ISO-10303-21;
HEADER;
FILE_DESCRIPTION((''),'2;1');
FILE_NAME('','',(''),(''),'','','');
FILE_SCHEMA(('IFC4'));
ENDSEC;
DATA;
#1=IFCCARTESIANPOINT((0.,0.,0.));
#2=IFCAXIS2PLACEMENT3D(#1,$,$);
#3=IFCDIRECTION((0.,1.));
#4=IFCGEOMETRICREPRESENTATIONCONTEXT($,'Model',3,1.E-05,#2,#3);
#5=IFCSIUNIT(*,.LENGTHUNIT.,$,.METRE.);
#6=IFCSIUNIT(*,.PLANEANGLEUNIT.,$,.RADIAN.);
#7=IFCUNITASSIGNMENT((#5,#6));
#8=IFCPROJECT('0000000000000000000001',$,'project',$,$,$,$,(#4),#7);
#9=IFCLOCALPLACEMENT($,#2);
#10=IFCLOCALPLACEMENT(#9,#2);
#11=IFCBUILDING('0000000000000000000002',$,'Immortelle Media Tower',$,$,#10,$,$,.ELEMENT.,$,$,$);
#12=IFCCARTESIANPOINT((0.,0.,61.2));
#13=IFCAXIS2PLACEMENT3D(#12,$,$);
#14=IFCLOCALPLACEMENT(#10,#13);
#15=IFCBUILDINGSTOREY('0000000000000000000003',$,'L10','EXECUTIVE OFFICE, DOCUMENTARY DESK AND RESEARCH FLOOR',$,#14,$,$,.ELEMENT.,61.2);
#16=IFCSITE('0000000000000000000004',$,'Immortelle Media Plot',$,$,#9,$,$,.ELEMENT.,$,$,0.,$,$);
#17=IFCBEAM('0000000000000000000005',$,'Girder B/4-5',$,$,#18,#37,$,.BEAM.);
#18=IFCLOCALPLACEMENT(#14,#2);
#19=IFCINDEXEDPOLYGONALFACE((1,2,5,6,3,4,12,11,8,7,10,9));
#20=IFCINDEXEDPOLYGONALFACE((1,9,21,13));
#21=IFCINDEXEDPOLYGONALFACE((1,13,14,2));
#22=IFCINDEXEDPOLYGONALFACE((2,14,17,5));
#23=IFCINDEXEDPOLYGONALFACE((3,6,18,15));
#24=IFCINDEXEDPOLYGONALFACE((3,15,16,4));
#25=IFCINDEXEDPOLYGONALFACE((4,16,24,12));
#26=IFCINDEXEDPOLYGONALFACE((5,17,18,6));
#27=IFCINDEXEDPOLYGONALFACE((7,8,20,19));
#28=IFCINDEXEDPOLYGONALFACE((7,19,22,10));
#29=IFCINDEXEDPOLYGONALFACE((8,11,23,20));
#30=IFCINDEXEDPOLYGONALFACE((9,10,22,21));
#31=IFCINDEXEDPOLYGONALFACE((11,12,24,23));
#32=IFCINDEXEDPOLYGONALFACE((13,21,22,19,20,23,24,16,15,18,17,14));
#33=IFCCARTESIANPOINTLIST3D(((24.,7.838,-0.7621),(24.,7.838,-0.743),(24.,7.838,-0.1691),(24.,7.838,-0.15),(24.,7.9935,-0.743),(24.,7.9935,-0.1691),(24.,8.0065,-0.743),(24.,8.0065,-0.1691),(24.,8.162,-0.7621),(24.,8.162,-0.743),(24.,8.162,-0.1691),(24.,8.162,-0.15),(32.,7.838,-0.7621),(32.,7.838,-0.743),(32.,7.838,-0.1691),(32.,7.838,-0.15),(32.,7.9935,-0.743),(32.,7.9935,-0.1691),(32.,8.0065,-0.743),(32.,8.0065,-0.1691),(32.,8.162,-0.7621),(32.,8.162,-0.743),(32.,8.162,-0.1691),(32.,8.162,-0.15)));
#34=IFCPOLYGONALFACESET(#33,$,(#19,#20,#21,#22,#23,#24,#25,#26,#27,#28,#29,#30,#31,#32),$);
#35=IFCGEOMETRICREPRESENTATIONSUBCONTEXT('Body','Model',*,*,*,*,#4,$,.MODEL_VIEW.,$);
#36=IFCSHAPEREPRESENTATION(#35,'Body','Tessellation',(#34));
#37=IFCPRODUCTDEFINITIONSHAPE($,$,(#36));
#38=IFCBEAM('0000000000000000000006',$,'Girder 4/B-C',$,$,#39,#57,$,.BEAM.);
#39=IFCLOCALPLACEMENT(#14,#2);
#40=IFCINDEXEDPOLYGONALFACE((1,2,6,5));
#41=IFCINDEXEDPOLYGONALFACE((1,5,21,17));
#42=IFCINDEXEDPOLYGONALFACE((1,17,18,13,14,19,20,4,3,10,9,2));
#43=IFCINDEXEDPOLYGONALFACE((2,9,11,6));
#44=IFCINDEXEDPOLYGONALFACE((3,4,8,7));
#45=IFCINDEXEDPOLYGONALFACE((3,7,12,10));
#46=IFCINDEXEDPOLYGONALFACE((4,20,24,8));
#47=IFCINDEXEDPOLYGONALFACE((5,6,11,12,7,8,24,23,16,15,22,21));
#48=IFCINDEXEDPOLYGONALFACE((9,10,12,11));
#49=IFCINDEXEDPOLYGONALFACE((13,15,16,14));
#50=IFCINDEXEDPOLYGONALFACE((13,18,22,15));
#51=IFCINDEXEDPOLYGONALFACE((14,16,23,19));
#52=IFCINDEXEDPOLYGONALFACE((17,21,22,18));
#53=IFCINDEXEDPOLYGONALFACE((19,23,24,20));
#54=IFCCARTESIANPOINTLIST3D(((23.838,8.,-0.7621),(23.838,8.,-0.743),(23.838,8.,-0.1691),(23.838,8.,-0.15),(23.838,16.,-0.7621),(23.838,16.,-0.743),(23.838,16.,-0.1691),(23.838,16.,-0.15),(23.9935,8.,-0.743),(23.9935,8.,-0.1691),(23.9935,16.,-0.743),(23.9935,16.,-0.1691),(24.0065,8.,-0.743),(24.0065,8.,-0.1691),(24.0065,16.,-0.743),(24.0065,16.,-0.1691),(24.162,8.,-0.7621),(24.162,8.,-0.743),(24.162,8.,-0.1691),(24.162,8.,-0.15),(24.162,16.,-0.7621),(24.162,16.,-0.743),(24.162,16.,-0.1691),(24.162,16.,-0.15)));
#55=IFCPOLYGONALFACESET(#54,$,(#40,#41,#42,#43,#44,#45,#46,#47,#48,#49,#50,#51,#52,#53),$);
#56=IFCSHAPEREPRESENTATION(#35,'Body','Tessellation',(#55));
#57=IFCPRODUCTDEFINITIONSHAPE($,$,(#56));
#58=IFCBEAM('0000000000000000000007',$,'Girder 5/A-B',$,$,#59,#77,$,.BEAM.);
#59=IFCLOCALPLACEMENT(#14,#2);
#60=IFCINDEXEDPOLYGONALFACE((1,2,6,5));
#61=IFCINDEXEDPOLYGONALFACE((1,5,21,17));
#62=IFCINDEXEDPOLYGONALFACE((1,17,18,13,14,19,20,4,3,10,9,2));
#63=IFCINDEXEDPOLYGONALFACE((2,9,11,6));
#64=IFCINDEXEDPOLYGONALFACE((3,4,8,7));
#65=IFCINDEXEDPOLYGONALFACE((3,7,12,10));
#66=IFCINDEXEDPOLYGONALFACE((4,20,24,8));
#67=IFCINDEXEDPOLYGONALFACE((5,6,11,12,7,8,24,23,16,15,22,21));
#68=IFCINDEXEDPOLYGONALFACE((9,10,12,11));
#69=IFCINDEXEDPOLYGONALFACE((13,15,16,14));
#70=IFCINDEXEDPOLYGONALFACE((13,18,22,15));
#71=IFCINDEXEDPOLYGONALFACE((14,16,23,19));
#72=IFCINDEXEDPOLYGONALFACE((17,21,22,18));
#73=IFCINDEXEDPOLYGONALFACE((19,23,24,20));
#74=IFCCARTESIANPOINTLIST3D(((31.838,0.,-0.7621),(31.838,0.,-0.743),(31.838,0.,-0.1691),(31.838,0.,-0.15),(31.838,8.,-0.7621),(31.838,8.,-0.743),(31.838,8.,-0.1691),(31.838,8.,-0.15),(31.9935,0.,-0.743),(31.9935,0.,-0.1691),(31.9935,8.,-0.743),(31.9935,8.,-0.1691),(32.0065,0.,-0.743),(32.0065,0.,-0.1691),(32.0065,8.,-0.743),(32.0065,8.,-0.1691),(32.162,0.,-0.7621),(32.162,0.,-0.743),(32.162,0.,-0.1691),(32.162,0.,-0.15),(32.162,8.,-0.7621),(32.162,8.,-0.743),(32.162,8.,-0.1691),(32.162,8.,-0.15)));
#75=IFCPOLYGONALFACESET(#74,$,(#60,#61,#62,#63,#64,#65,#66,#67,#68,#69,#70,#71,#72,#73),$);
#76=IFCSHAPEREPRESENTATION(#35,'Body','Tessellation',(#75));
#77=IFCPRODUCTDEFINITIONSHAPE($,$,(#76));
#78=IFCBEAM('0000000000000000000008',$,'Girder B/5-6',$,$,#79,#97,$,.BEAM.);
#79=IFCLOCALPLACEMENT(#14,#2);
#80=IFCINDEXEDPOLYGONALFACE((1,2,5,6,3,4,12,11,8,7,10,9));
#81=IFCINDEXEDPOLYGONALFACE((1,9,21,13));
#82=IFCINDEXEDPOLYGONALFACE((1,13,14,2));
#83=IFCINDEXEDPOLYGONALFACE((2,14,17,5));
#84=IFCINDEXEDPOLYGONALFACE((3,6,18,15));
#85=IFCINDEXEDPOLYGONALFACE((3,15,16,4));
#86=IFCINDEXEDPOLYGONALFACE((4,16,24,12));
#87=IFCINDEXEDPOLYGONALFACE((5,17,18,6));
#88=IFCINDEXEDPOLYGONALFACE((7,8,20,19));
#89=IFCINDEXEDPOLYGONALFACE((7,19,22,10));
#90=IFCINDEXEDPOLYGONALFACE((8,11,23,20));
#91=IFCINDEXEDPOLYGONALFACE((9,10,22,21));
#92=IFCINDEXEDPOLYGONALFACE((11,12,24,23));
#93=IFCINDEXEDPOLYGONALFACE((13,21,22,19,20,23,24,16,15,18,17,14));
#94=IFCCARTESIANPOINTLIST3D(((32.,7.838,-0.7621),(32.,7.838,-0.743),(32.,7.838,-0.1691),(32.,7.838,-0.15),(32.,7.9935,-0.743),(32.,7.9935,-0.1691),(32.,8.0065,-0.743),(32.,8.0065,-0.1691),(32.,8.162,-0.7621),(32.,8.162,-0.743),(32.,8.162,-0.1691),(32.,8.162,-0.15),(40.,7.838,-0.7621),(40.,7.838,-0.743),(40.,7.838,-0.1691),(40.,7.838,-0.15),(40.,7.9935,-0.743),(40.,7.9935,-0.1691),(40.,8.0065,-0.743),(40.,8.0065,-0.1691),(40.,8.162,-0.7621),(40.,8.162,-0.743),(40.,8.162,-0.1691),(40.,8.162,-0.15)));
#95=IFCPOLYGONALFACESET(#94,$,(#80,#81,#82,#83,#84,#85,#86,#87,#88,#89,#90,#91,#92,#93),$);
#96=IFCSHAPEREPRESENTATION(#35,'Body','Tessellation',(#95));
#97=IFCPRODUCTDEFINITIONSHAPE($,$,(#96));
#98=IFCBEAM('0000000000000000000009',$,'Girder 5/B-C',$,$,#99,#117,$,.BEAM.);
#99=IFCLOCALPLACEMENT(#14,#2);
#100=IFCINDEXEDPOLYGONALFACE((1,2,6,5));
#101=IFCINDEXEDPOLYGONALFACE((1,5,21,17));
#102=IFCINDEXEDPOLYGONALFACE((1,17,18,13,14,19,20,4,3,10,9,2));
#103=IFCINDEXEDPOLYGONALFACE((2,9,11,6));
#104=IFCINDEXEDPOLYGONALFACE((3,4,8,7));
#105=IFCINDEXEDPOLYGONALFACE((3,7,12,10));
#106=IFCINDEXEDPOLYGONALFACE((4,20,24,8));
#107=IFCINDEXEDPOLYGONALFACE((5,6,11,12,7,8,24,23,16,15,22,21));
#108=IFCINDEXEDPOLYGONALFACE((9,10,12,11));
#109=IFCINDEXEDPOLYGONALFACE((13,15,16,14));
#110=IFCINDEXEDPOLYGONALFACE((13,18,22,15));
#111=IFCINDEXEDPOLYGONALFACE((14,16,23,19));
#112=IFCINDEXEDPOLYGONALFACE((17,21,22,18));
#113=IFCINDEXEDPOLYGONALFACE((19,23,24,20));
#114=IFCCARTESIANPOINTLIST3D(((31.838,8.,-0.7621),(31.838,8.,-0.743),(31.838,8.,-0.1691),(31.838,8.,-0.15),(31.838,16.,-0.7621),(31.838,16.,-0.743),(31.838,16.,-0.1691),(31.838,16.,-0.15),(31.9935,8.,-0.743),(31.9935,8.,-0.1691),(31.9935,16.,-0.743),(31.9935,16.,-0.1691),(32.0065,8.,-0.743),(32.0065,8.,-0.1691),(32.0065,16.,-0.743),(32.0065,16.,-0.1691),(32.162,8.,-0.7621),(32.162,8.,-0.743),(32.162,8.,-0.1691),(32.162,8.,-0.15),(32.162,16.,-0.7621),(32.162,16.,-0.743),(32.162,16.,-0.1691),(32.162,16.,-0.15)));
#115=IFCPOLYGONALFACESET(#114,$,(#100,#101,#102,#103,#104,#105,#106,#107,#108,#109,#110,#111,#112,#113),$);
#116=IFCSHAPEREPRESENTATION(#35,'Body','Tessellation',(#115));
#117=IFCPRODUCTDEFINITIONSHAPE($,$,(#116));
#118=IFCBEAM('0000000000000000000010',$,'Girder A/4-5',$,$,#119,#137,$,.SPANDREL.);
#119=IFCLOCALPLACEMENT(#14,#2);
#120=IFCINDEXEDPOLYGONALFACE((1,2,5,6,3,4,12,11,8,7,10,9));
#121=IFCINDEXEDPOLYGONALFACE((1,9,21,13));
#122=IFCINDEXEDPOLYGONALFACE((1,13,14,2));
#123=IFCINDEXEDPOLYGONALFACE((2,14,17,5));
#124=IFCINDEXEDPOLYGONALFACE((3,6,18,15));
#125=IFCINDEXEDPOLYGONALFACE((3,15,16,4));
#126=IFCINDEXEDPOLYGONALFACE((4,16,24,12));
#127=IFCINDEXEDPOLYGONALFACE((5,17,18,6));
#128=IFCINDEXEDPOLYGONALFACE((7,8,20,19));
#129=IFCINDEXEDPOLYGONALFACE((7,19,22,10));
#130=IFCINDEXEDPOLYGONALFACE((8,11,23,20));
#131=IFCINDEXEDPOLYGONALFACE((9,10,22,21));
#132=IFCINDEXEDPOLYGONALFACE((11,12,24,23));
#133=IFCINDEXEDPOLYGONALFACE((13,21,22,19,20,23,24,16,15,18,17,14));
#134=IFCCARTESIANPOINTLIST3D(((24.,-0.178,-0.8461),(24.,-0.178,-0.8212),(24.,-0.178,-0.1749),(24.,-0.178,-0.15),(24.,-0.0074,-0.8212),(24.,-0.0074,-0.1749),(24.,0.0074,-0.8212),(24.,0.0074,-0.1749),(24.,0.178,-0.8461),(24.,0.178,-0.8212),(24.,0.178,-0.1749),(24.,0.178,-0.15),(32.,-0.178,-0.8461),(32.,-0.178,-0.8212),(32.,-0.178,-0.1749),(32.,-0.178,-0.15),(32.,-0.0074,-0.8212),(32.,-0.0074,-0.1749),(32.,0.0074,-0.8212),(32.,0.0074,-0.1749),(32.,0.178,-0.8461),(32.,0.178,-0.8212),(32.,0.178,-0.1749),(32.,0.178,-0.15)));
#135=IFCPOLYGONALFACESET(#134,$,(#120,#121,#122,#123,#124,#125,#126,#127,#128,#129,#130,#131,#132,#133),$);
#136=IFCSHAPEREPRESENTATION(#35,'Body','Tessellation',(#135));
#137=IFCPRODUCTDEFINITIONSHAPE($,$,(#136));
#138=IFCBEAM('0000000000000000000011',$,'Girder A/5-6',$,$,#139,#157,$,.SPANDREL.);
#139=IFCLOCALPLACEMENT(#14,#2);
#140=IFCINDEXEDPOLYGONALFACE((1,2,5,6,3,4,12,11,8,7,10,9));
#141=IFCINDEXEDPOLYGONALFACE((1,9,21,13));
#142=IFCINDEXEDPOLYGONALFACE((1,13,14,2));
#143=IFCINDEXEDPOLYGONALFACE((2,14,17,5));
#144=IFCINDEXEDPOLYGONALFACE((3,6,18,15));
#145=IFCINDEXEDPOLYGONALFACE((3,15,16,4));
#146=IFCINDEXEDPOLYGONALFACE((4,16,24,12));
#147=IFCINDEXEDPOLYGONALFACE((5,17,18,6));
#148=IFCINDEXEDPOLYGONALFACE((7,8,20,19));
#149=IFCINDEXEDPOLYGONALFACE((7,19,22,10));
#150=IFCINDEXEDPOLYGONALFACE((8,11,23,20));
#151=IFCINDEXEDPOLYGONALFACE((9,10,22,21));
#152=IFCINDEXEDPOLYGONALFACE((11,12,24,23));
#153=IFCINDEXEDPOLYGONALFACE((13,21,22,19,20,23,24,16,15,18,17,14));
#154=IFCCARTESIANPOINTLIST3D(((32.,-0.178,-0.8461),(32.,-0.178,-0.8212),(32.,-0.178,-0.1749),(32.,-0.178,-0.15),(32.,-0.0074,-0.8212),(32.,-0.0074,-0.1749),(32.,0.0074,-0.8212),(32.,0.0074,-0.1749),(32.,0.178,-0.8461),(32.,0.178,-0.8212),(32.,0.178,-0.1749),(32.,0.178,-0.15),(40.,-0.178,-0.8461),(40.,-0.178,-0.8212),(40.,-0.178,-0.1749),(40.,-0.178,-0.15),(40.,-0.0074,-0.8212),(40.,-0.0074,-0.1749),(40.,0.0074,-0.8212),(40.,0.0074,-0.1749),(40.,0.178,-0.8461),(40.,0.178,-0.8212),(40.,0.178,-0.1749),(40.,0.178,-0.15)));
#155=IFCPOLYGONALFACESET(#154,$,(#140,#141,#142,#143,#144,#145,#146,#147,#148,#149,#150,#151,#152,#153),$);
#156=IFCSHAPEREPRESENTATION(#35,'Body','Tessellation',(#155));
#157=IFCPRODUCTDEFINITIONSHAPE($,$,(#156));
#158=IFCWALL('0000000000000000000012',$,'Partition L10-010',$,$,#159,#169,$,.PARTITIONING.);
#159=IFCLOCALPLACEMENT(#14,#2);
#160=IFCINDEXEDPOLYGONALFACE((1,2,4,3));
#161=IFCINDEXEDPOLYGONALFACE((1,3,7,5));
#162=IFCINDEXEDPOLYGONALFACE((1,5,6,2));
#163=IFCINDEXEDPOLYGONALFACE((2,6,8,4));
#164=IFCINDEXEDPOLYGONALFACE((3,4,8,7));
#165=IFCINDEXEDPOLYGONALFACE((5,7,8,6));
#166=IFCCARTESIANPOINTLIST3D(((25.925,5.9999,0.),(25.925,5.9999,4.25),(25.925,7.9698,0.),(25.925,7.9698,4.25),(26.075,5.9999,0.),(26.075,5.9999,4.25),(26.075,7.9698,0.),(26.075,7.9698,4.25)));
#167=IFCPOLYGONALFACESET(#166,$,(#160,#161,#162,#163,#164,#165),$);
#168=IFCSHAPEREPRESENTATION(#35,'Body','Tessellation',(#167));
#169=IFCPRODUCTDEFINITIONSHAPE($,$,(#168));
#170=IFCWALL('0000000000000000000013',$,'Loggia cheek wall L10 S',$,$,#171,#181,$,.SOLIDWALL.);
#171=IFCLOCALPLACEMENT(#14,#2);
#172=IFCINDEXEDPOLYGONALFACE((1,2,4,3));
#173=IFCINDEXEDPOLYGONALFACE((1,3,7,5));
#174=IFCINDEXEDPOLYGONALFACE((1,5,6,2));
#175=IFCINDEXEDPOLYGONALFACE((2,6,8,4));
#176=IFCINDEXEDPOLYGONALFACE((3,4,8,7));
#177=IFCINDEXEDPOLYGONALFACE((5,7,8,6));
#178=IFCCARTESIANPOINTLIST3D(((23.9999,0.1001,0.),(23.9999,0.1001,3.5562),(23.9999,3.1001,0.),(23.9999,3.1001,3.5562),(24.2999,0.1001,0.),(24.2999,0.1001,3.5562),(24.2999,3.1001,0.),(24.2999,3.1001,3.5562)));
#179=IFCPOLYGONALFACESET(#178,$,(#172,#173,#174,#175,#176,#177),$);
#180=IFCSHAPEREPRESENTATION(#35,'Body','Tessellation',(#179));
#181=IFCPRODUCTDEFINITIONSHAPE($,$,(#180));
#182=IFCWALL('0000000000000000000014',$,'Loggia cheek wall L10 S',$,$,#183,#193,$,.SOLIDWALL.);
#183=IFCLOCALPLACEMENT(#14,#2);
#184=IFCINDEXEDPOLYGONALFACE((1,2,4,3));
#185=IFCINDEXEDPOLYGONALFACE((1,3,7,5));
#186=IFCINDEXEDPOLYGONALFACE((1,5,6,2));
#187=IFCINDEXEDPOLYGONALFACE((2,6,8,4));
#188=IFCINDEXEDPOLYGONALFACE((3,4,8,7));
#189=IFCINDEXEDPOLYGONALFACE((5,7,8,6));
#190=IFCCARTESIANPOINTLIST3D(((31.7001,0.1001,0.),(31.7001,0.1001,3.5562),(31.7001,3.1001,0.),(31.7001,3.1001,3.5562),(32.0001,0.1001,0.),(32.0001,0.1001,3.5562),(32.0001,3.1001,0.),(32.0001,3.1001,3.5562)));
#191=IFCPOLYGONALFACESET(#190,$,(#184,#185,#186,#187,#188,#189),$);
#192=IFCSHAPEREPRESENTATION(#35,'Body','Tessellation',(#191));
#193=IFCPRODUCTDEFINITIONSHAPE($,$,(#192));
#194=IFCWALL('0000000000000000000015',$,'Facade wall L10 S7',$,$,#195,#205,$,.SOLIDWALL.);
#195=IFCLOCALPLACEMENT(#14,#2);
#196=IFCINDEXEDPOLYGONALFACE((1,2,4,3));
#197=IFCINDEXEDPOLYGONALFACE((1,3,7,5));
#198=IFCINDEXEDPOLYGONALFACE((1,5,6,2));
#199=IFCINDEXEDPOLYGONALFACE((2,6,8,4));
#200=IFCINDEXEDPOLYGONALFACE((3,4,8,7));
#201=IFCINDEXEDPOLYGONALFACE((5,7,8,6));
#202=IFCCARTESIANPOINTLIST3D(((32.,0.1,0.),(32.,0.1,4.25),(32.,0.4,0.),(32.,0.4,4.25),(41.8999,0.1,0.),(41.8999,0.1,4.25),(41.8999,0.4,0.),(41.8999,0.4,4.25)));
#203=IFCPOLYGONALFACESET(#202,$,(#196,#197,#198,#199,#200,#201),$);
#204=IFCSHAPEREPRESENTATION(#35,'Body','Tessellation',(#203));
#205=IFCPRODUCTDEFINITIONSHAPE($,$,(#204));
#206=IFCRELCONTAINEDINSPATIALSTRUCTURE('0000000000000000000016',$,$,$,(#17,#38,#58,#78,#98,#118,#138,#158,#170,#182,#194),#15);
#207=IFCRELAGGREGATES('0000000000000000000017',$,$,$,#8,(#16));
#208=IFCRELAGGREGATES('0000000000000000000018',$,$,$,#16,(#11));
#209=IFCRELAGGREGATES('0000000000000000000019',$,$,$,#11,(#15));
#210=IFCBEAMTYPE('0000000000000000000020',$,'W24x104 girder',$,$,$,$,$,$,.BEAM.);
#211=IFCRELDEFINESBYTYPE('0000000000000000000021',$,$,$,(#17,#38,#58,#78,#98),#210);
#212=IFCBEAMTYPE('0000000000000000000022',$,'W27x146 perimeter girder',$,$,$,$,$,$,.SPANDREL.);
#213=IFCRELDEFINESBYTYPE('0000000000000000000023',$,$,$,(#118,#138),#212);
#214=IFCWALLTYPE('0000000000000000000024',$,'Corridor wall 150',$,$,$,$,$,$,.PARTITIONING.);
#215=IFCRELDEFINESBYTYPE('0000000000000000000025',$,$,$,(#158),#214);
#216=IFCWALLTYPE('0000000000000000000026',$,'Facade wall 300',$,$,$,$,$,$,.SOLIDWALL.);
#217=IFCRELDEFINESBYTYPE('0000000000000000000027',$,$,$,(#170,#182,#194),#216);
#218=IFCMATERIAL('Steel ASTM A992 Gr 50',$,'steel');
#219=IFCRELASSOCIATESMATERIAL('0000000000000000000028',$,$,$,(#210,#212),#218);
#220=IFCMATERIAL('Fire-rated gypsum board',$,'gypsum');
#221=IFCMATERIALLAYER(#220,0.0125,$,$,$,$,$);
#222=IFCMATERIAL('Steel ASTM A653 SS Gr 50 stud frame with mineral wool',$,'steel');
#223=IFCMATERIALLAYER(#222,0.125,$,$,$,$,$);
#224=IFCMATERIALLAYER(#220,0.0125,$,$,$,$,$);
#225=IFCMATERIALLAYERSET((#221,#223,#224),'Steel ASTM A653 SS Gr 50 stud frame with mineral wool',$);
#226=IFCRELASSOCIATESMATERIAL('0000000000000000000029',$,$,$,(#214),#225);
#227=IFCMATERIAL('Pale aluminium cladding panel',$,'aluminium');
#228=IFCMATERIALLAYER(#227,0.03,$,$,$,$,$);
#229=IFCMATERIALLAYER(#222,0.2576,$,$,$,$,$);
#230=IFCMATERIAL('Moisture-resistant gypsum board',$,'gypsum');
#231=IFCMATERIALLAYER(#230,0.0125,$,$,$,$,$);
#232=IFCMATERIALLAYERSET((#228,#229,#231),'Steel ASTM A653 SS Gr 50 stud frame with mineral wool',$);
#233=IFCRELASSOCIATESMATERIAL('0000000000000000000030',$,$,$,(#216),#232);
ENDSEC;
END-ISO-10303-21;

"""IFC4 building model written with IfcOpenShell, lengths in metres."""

from ifc_helpers import new_model, si_unit, direction, frame, frame_2d, origin, origin_2d, place, context, subcontext, project, spatial, rectangle, i_section, extrude, material, layer, layer_set, material_profile, profile_set, type_object, element, save


model = new_model("IFC4")

# Units and contexts
model_context = context("Model", 3, precision=1e-05, world=origin(), true_north=direction((0.0, 1.0)))
body_context = subcontext(model_context, "Body", "Model", "MODEL_VIEW")
ifc_project = project(units=[si_unit("LENGTHUNIT", "METRE"), si_unit("PLANEANGLEUNIT", "RADIAN")], contexts=[model_context])

# Site, building, storey
site_placement = place(None, origin())
site = spatial("IfcSite", under=ifc_project, at=site_placement, Name="Immortelle Media Plot", CompositionType="ELEMENT", RefElevation=0.0)
building_placement = place(site_placement, origin())
building = spatial("IfcBuilding", under=site, at=building_placement, Name="Immortelle Media Tower", CompositionType="ELEMENT")
storey_placement = place(building_placement, frame((0.0, 0.0, 61.2)))
storey = spatial("IfcBuildingStorey", under=building, at=storey_placement, Name="L10", Description="EXECUTIVE OFFICE, DOCUMENTARY DESK AND RESEARCH FLOOR", CompositionType="ELEMENT", Elevation=61.2)

# Shared definitions
ifc_material_1 = material(Name="Steel ASTM A992 Gr 50", Category="steel")

# Beams
ifc_material_profile_1 = material_profile(ifc_material_1, i_section(OverallWidth=0.324, OverallDepth=0.6121, WebThickness=0.0129, FlangeThickness=0.019, at=origin_2d()), Name="W24x104")
ifc_profile_set_1 = profile_set([ifc_material_profile_1], Name="Steel ASTM A992 Gr 50")
beam_type_1 = type_object("IfcBeamType", Name="W24x104 girder", PredefinedType="BEAM", material=ifc_profile_set_1)
for number, where, z_axis, x_axis, name in (
    (1, (24.0, 8.0, -0.4561), (1.0, 0.0, 0.0), (0.0, 1.0, 0.0), "Girder B/4-5"),
    (2, (24.0, 8.0, -0.4561), (0.0, 1.0, 0.0), (-1.0, 0.0, 0.0), "Girder 4/B-C"),
    (3, (32.0, 0.0, -0.4561), (0.0, 1.0, 0.0), (-1.0, 0.0, 0.0), "Girder 5/A-B"),
    (4, (32.0, 8.0, -0.4561), (1.0, 0.0, 0.0), (0.0, 1.0, 0.0), "Girder B/5-6"),
    (5, (32.0, 8.0, -0.4561), (0.0, 1.0, 0.0), (-1.0, 0.0, 0.0), "Girder 5/B-C"),
):
    element("IfcBeam", number, at=place(storey_placement, frame(where, z_axis=z_axis, x_axis=x_axis)), inside=storey, type_object=beam_type_1, Name=name, PredefinedType="BEAM", context=body_context, shape_type="SweptSolid", body=[
        extrude(i_section(OverallWidth=0.324, OverallDepth=0.6121, WebThickness=0.0129, FlangeThickness=0.019, at=origin_2d()), origin(), (0.0, 0.0, 1.0), 8.0),
    ])
ifc_material_profile_2 = material_profile(ifc_material_1, i_section(OverallWidth=0.356, OverallDepth=0.696, WebThickness=0.0149, FlangeThickness=0.0249, at=origin_2d()), Name="W27x146")
ifc_profile_set_2 = profile_set([ifc_material_profile_2], Name="Steel ASTM A992 Gr 50")
beam_type_2 = type_object("IfcBeamType", Name="W27x146 perimeter girder", PredefinedType="SPANDREL", material=ifc_profile_set_2)
for number, where, z_axis, x_axis, name in (
    (6, (24.0, 0.0, -0.498), (1.0, 0.0, 0.0), (0.0, 1.0, 0.0), "Girder A/4-5"),
    (7, (32.0, 0.0, -0.498), (1.0, 0.0, 0.0), (0.0, 1.0, 0.0), "Girder A/5-6"),
):
    element("IfcBeam", number, at=place(storey_placement, frame(where, z_axis=z_axis, x_axis=x_axis)), inside=storey, type_object=beam_type_2, Name=name, PredefinedType="SPANDREL", context=body_context, shape_type="SweptSolid", body=[
        extrude(i_section(OverallWidth=0.356, OverallDepth=0.696, WebThickness=0.0149, FlangeThickness=0.0249, at=origin_2d()), origin(), (0.0, 0.0, 1.0), 8.0),
    ])

# Wall
ifc_material_2 = material(Name="Fire-rated gypsum board", Category="gypsum")
ifc_layer_1 = layer(ifc_material_2, 0.0125)
ifc_material_3 = material(Name="Steel ASTM A653 SS Gr 50 stud frame with mineral wool", Category="steel")
ifc_layer_2 = layer(ifc_material_3, 0.125)
ifc_layer_3 = layer(ifc_material_2, 0.0125)
ifc_layer_set_1 = layer_set([ifc_layer_1, ifc_layer_2, ifc_layer_3], Name="Steel ASTM A653 SS Gr 50 stud frame with mineral wool")
wall_type_1 = type_object("IfcWallType", Name="Corridor wall 150", PredefinedType="PARTITIONING", material=ifc_layer_set_1)
wall_1_placement = place(storey_placement, frame((26.0, 6.0, 0.0), z_axis=(0.0, 0.0, 1.0), x_axis=(0.0, 1.0, 0.0)))
element("IfcWall", 8, at=wall_1_placement, inside=storey, type_object=wall_type_1, Name="Partition L10-010", PredefinedType="PARTITIONING", context=body_context, shape_type="SweptSolid", body=[
    extrude(rectangle(XDim=1.97, YDim=0.1499, at=frame_2d((0.9849, 0.0))), origin(), (0.0, 0.0, 1.0), 4.25),
])

# Shared definitions
ifc_material_4 = material(Name="Pale aluminium cladding panel", Category="aluminium")
ifc_layer_4 = layer(ifc_material_4, 0.03)
ifc_layer_5 = layer(ifc_material_3, 0.2576)
ifc_material_5 = material(Name="Moisture-resistant gypsum board", Category="gypsum")
ifc_layer_6 = layer(ifc_material_5, 0.0125)
ifc_layer_set_2 = layer_set([ifc_layer_4, ifc_layer_5, ifc_layer_6], Name="Steel ASTM A653 SS Gr 50 stud frame with mineral wool")
wall_type_2 = type_object("IfcWallType", Name="Facade wall 300", PredefinedType="SOLIDWALL", material=ifc_layer_set_2)

# Walls
for number, where, z_axis, x_axis, name in (
    (9, (24.1499, 0.1001, 0.0), (0.0, 0.0, 1.0), (0.0, 1.0, 0.0), "Loggia cheek wall L10 S"),
    (10, (31.8501, 0.1001, 0.0), (0.0, 0.0, 1.0), (0.0, 1.0, 0.0), "Loggia cheek wall L10 S"),
):
    element("IfcWall", number, at=place(storey_placement, frame(where, z_axis=z_axis, x_axis=x_axis)), inside=storey, type_object=wall_type_2, Name=name, PredefinedType="SOLIDWALL", context=body_context, shape_type="SweptSolid", body=[
        extrude(rectangle(XDim=3.0, YDim=0.3, at=frame_2d((1.5, 0.0))), origin(), (0.0, 0.0, 1.0), 3.5562),
    ])
wall_2_placement = place(storey_placement, frame((32.0, 0.25, 0.0), z_axis=(0.0, 0.0, 1.0), x_axis=(1.0, 0.0, 0.0)))
element("IfcWall", 11, at=wall_2_placement, inside=storey, type_object=wall_type_2, Name="Facade wall L10 S7", PredefinedType="SOLIDWALL", context=body_context, shape_type="SweptSolid", body=[
    extrude(rectangle(XDim=9.8999, YDim=0.3, at=frame_2d((4.95, 0.0))), origin(), (0.0, 0.0, 1.0), 4.25),
])

save(model, "model.ifc")
